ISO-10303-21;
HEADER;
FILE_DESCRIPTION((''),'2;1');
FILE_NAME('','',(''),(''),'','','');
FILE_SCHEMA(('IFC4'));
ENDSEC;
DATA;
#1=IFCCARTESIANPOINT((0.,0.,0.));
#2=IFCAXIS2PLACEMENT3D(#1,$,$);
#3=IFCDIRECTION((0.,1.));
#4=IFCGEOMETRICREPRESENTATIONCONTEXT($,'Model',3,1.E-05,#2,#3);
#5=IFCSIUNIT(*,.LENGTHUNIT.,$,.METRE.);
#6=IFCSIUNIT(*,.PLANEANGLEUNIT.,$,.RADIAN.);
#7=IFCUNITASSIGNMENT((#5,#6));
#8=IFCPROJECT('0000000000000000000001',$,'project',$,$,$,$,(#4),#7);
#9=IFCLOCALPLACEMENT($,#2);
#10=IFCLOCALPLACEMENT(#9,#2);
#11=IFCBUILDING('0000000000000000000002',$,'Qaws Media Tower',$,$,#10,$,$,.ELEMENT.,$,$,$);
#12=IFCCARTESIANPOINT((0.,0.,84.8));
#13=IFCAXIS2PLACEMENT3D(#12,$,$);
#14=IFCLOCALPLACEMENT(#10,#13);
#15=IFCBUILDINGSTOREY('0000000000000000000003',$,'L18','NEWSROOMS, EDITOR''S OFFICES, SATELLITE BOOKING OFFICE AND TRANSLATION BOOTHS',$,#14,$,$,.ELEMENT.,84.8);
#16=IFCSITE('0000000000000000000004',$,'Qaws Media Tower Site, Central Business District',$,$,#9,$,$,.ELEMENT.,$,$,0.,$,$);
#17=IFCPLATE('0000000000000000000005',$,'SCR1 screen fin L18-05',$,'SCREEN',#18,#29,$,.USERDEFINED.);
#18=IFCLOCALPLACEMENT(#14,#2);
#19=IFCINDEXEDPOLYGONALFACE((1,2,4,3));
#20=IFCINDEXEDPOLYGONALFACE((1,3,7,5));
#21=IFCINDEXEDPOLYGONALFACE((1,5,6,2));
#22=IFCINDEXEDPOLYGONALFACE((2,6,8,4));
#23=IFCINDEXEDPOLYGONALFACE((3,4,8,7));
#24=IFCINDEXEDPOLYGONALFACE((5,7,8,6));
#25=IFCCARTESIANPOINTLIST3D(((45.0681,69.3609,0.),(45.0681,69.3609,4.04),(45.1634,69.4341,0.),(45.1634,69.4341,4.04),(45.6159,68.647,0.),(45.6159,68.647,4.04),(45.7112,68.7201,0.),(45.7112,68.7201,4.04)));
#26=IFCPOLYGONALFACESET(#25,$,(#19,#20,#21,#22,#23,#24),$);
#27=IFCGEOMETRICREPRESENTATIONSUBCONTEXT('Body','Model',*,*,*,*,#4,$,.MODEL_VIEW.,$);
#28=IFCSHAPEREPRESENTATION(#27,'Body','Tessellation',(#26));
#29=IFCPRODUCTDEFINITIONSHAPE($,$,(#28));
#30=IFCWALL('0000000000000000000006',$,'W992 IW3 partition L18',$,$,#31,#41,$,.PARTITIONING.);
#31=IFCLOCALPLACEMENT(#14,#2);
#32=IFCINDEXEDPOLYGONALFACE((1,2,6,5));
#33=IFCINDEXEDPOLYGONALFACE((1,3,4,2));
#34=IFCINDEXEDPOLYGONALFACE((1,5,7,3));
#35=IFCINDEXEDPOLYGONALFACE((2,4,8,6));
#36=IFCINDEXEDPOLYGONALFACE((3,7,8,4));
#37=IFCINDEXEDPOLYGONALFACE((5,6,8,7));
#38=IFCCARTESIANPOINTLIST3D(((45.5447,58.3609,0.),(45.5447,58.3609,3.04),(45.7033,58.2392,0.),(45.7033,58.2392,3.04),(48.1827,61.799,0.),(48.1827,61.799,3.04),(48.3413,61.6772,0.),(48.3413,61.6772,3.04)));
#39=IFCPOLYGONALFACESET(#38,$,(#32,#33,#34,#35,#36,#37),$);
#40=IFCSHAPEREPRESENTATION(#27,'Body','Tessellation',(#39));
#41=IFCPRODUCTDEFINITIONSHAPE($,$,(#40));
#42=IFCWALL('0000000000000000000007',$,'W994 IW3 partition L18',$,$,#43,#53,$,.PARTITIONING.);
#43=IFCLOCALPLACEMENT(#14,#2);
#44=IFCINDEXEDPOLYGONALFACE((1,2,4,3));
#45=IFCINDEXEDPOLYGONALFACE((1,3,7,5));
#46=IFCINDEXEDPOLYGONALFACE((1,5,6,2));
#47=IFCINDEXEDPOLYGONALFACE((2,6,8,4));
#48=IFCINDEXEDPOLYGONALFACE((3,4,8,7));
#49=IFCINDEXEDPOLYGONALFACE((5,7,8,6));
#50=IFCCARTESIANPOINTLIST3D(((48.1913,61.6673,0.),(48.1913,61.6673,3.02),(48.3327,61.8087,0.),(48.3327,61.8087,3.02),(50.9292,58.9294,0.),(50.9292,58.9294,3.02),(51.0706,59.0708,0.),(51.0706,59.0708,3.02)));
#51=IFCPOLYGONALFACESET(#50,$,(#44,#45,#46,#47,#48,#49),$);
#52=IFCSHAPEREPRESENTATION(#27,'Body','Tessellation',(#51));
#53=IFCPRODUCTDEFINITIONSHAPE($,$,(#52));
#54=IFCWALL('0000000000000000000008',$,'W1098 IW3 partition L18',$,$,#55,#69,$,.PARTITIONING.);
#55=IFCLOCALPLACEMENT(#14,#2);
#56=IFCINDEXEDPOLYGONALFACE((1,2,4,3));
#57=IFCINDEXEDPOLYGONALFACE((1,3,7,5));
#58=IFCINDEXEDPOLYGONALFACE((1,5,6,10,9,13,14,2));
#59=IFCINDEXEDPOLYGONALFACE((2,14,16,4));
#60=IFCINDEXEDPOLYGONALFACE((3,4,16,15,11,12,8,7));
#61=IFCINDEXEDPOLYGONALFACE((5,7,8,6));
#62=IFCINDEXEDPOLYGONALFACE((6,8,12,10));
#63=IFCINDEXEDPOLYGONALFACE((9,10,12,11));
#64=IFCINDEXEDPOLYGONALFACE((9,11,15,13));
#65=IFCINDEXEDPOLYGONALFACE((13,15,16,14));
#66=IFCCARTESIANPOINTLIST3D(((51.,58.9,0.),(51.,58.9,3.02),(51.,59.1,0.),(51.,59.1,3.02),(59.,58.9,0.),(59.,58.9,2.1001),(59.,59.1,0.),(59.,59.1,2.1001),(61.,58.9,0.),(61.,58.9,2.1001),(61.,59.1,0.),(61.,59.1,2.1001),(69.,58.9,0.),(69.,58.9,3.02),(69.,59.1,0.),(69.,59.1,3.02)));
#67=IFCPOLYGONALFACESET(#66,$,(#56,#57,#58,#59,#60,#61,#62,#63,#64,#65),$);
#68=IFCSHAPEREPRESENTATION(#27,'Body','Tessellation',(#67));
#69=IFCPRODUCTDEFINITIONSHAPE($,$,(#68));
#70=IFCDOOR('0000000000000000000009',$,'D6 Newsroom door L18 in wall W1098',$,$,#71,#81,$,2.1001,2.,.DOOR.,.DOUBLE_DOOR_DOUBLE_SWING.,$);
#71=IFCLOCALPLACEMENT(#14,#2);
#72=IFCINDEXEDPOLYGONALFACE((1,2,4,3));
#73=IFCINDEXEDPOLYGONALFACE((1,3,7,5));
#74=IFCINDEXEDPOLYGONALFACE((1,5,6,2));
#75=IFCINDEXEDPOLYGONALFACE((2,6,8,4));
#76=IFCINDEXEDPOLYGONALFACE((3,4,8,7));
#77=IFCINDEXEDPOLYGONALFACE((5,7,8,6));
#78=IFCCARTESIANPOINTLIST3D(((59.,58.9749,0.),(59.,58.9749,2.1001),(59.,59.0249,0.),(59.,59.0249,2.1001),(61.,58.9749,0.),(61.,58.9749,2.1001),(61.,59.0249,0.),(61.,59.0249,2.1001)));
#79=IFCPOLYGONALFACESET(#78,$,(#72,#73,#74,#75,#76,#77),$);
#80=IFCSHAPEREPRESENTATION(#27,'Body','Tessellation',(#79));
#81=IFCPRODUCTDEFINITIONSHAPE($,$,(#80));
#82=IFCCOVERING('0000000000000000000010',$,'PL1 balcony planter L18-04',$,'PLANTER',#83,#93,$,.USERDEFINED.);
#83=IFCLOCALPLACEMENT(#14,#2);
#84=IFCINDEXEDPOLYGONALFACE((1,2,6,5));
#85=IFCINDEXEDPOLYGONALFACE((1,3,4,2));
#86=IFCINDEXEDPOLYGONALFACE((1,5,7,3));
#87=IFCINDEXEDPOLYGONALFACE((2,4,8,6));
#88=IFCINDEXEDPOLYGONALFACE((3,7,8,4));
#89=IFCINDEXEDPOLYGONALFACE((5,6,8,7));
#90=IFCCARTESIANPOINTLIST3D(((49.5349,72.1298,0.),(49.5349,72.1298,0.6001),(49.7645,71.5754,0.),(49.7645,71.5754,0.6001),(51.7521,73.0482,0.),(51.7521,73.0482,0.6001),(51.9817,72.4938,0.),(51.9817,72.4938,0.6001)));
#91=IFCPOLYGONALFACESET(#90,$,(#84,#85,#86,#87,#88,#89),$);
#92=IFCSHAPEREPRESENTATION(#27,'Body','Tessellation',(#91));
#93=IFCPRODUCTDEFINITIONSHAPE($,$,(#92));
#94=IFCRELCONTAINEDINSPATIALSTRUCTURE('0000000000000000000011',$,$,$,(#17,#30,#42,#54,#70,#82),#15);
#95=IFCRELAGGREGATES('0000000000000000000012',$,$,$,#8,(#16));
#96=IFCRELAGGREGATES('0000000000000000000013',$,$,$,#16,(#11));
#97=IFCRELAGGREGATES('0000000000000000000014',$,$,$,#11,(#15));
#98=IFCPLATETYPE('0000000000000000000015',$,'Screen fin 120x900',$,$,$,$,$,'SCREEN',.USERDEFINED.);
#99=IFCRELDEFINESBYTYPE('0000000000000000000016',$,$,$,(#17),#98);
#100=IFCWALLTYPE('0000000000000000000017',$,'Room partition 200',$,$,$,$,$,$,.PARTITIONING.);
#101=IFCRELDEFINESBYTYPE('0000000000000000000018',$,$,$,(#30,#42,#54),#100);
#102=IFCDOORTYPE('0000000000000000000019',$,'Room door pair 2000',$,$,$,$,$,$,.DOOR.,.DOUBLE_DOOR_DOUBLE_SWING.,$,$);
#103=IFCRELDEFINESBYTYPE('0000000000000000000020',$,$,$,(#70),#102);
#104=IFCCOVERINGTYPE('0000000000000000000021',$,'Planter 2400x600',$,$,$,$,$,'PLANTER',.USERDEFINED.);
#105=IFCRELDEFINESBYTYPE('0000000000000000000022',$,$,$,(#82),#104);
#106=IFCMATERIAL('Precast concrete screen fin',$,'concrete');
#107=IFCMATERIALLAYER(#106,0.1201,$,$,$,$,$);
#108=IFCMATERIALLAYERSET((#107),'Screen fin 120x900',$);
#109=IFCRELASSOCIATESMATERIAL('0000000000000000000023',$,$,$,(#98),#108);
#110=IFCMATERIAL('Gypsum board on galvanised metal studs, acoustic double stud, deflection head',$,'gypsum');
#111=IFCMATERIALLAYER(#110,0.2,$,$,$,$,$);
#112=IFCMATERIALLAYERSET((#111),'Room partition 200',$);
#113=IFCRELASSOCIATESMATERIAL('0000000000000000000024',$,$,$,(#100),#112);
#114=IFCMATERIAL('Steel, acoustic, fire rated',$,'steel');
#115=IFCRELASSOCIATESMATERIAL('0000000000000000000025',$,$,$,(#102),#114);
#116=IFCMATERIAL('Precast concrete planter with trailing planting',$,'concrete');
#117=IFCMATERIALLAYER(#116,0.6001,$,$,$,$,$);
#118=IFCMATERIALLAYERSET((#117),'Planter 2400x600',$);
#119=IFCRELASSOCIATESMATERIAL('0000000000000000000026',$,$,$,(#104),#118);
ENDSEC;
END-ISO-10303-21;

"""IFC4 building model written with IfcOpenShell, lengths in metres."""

from ifc_helpers import new_model, si_unit, direction, frame, frame_2d, origin, origin_2d, place, context, subcontext, project, spatial, rectangle, extrude, material, layer, layer_set, type_object, element, fill, save


model = new_model("IFC4")

# Units and contexts
model_context = context("Model", 3, precision=1e-05, world=origin(), true_north=direction((0.0, 1.0)))
body_context = subcontext(model_context, "Body", "Model", "MODEL_VIEW")
ifc_project = project(units=[si_unit("LENGTHUNIT", "METRE"), si_unit("PLANEANGLEUNIT", "RADIAN")], contexts=[model_context])

# Site, building, storey
site_placement = place(None, origin())
site = spatial("IfcSite", under=ifc_project, at=site_placement, Name="Qaws Media Tower Site, Central Business District", CompositionType="ELEMENT", RefElevation=0.0)
building_placement = place(site_placement, origin())
building = spatial("IfcBuilding", under=site, at=building_placement, Name="Qaws Media Tower", CompositionType="ELEMENT")
storey_placement = place(building_placement, frame((0.0, 0.0, 84.8)))
storey = spatial("IfcBuildingStorey", under=building, at=storey_placement, Name="L18", Description="NEWSROOMS, EDITOR'S OFFICES, SATELLITE BOOKING OFFICE AND TRANSLATION BOOTHS", CompositionType="ELEMENT", Elevation=84.8)

# Plate
ifc_material_1 = material(Name="Precast concrete screen fin", Category="concrete")
ifc_layer_1 = layer(ifc_material_1, 0.1201)
ifc_layer_set_1 = layer_set([ifc_layer_1], Name="Screen fin 120x900")
plate_type_1 = type_object("IfcPlateType", Name="Screen fin 120x900", ElementType="SCREEN", PredefinedType="USERDEFINED", material=ifc_layer_set_1)
plate_1_placement = place(storey_placement, frame((45.3896, 69.0405, 0.0), z_axis=(0.0, 0.0, 1.0), x_axis=(-0.608761, 0.793353, 0.0)))
element("IfcPlate", 1, at=plate_1_placement, inside=storey, type_object=plate_type_1, Name="SCR1 screen fin L18-05", ObjectType="SCREEN", PredefinedType="USERDEFINED", context=body_context, shape_type="SweptSolid", body=[
    extrude(rectangle(XDim=0.8999, YDim=0.1201, at=origin_2d()), origin(), (0.0, 0.0, 1.0), 4.04),
])

# Walls
ifc_material_2 = material(Name="Gypsum board on galvanised metal studs, acoustic double stud, deflection head", Category="gypsum")
ifc_layer_2 = layer(ifc_material_2, 0.2)
ifc_layer_set_2 = layer_set([ifc_layer_2], Name="Room partition 200")
wall_type = type_object("IfcWallType", Name="Room partition 200", PredefinedType="PARTITIONING", material=ifc_layer_set_2)
wall_1_placement = place(storey_placement, frame((45.624, 58.3, 0.0), z_axis=(0.0, 0.0, 1.0), x_axis=(0.608744, 0.793367, 0.0)))
element("IfcWall", 2, at=wall_1_placement, inside=storey, type_object=wall_type, Name="W992 IW3 partition L18", PredefinedType="PARTITIONING", context=body_context, shape_type="SweptSolid", body=[
    extrude(rectangle(XDim=4.3335, YDim=0.2, at=frame_2d((2.1667, 0.0))), origin(), (0.0, 0.0, 1.0), 3.04),
])
wall_2_placement = place(storey_placement, frame((48.262, 61.738, 0.0), z_axis=(0.0, 0.0, 1.0), x_axis=(0.707107, -0.707107, 0.0)))
element("IfcWall", 3, at=wall_2_placement, inside=storey, type_object=wall_type, Name="W994 IW3 partition L18", PredefinedType="PARTITIONING", context=body_context, shape_type="SweptSolid", body=[
    extrude(rectangle(XDim=3.8721, YDim=0.2, at=frame_2d((1.936, 0.0))), origin(), (0.0, 0.0, 1.0), 3.02),
])

# Wall, opening, door
wall_3_placement = place(storey_placement, frame((51.0, 59.0, 0.0), z_axis=(0.0, 0.0, 1.0), x_axis=(1.0, 0.0, 0.0)))
wall_3 = element("IfcWall", 4, at=wall_3_placement, inside=storey, type_object=wall_type, Name="W1098 IW3 partition L18", PredefinedType="PARTITIONING", context=body_context, shape_type="SweptSolid", body=[
    extrude(rectangle(XDim=18.0, YDim=0.2, at=frame_2d((9.0, 0.0))), origin(), (0.0, 0.0, 1.0), 3.02),
])
opening_placement = place(wall_3_placement, frame((8.0, 0.0, 0.0)))
opening = element("IfcOpeningElement", 5, at=opening_placement, cuts=wall_3, PredefinedType="OPENING", context=body_context, shape_type="SweptSolid", body=[
    extrude(rectangle(XDim=2.0, YDim=2.1001, at=frame_2d((1.0, 1.05))), frame((0.0, 0.1099, 0.0), z_axis=(0.0, -1.0, 0.0), x_axis=(1.0, 0.0, 0.0)), (0.0, 0.0, 1.0), 0.22),
])
ifc_material_3 = material(Name="Steel, acoustic, fire rated", Category="steel")
door_type = type_object("IfcDoorType", Name="Room door pair 2000", OperationType="DOUBLE_DOOR_DOUBLE_SWING", PredefinedType="DOOR", material=ifc_material_3)
door_placement = place(opening_placement, origin())
door = element("IfcDoor", 6, at=door_placement, inside=storey, type_object=door_type, Name="D6 Newsroom door L18 in wall W1098", OperationType="DOUBLE_DOOR_DOUBLE_SWING", OverallHeight=2.1001, OverallWidth=2.0, PredefinedType="DOOR", context=body_context, shape_type="SweptSolid", body=[
    extrude(rectangle(XDim=2.0, YDim=2.1001, at=frame_2d((1.0, 1.05))), frame((0.0, 0.0249, 0.0), z_axis=(0.0, -1.0, 0.0), x_axis=(1.0, 0.0, 0.0)), (0.0, 0.0, 1.0), 0.05),
])
fill(opening, door)

# Covering
ifc_material_4 = material(Name="Precast concrete planter with trailing planting", Category="concrete")
ifc_layer_3 = layer(ifc_material_4, 0.6001)
ifc_layer_set_3 = layer_set([ifc_layer_3], Name="Planter 2400x600")
covering_type = type_object("IfcCoveringType", Name="Planter 2400x600", ElementType="PLANTER", PredefinedType="USERDEFINED", material=ifc_layer_set_3)
covering_placement = place(storey_placement, frame((50.7583, 72.3118, 0.0), z_axis=(0.0, 0.0, 1.0), x_axis=(-0.92388, -0.382683, 0.0)))
element("IfcCovering", 7, at=covering_placement, inside=storey, type_object=covering_type, Name="PL1 balcony planter L18-04", ObjectType="PLANTER", PredefinedType="USERDEFINED", context=body_context, shape_type="SweptSolid", body=[
    extrude(rectangle(XDim=2.3999, YDim=0.6001, at=origin_2d()), origin(), (0.0, 0.0, 1.0), 0.6001),
])

save(model, "model.ifc")
